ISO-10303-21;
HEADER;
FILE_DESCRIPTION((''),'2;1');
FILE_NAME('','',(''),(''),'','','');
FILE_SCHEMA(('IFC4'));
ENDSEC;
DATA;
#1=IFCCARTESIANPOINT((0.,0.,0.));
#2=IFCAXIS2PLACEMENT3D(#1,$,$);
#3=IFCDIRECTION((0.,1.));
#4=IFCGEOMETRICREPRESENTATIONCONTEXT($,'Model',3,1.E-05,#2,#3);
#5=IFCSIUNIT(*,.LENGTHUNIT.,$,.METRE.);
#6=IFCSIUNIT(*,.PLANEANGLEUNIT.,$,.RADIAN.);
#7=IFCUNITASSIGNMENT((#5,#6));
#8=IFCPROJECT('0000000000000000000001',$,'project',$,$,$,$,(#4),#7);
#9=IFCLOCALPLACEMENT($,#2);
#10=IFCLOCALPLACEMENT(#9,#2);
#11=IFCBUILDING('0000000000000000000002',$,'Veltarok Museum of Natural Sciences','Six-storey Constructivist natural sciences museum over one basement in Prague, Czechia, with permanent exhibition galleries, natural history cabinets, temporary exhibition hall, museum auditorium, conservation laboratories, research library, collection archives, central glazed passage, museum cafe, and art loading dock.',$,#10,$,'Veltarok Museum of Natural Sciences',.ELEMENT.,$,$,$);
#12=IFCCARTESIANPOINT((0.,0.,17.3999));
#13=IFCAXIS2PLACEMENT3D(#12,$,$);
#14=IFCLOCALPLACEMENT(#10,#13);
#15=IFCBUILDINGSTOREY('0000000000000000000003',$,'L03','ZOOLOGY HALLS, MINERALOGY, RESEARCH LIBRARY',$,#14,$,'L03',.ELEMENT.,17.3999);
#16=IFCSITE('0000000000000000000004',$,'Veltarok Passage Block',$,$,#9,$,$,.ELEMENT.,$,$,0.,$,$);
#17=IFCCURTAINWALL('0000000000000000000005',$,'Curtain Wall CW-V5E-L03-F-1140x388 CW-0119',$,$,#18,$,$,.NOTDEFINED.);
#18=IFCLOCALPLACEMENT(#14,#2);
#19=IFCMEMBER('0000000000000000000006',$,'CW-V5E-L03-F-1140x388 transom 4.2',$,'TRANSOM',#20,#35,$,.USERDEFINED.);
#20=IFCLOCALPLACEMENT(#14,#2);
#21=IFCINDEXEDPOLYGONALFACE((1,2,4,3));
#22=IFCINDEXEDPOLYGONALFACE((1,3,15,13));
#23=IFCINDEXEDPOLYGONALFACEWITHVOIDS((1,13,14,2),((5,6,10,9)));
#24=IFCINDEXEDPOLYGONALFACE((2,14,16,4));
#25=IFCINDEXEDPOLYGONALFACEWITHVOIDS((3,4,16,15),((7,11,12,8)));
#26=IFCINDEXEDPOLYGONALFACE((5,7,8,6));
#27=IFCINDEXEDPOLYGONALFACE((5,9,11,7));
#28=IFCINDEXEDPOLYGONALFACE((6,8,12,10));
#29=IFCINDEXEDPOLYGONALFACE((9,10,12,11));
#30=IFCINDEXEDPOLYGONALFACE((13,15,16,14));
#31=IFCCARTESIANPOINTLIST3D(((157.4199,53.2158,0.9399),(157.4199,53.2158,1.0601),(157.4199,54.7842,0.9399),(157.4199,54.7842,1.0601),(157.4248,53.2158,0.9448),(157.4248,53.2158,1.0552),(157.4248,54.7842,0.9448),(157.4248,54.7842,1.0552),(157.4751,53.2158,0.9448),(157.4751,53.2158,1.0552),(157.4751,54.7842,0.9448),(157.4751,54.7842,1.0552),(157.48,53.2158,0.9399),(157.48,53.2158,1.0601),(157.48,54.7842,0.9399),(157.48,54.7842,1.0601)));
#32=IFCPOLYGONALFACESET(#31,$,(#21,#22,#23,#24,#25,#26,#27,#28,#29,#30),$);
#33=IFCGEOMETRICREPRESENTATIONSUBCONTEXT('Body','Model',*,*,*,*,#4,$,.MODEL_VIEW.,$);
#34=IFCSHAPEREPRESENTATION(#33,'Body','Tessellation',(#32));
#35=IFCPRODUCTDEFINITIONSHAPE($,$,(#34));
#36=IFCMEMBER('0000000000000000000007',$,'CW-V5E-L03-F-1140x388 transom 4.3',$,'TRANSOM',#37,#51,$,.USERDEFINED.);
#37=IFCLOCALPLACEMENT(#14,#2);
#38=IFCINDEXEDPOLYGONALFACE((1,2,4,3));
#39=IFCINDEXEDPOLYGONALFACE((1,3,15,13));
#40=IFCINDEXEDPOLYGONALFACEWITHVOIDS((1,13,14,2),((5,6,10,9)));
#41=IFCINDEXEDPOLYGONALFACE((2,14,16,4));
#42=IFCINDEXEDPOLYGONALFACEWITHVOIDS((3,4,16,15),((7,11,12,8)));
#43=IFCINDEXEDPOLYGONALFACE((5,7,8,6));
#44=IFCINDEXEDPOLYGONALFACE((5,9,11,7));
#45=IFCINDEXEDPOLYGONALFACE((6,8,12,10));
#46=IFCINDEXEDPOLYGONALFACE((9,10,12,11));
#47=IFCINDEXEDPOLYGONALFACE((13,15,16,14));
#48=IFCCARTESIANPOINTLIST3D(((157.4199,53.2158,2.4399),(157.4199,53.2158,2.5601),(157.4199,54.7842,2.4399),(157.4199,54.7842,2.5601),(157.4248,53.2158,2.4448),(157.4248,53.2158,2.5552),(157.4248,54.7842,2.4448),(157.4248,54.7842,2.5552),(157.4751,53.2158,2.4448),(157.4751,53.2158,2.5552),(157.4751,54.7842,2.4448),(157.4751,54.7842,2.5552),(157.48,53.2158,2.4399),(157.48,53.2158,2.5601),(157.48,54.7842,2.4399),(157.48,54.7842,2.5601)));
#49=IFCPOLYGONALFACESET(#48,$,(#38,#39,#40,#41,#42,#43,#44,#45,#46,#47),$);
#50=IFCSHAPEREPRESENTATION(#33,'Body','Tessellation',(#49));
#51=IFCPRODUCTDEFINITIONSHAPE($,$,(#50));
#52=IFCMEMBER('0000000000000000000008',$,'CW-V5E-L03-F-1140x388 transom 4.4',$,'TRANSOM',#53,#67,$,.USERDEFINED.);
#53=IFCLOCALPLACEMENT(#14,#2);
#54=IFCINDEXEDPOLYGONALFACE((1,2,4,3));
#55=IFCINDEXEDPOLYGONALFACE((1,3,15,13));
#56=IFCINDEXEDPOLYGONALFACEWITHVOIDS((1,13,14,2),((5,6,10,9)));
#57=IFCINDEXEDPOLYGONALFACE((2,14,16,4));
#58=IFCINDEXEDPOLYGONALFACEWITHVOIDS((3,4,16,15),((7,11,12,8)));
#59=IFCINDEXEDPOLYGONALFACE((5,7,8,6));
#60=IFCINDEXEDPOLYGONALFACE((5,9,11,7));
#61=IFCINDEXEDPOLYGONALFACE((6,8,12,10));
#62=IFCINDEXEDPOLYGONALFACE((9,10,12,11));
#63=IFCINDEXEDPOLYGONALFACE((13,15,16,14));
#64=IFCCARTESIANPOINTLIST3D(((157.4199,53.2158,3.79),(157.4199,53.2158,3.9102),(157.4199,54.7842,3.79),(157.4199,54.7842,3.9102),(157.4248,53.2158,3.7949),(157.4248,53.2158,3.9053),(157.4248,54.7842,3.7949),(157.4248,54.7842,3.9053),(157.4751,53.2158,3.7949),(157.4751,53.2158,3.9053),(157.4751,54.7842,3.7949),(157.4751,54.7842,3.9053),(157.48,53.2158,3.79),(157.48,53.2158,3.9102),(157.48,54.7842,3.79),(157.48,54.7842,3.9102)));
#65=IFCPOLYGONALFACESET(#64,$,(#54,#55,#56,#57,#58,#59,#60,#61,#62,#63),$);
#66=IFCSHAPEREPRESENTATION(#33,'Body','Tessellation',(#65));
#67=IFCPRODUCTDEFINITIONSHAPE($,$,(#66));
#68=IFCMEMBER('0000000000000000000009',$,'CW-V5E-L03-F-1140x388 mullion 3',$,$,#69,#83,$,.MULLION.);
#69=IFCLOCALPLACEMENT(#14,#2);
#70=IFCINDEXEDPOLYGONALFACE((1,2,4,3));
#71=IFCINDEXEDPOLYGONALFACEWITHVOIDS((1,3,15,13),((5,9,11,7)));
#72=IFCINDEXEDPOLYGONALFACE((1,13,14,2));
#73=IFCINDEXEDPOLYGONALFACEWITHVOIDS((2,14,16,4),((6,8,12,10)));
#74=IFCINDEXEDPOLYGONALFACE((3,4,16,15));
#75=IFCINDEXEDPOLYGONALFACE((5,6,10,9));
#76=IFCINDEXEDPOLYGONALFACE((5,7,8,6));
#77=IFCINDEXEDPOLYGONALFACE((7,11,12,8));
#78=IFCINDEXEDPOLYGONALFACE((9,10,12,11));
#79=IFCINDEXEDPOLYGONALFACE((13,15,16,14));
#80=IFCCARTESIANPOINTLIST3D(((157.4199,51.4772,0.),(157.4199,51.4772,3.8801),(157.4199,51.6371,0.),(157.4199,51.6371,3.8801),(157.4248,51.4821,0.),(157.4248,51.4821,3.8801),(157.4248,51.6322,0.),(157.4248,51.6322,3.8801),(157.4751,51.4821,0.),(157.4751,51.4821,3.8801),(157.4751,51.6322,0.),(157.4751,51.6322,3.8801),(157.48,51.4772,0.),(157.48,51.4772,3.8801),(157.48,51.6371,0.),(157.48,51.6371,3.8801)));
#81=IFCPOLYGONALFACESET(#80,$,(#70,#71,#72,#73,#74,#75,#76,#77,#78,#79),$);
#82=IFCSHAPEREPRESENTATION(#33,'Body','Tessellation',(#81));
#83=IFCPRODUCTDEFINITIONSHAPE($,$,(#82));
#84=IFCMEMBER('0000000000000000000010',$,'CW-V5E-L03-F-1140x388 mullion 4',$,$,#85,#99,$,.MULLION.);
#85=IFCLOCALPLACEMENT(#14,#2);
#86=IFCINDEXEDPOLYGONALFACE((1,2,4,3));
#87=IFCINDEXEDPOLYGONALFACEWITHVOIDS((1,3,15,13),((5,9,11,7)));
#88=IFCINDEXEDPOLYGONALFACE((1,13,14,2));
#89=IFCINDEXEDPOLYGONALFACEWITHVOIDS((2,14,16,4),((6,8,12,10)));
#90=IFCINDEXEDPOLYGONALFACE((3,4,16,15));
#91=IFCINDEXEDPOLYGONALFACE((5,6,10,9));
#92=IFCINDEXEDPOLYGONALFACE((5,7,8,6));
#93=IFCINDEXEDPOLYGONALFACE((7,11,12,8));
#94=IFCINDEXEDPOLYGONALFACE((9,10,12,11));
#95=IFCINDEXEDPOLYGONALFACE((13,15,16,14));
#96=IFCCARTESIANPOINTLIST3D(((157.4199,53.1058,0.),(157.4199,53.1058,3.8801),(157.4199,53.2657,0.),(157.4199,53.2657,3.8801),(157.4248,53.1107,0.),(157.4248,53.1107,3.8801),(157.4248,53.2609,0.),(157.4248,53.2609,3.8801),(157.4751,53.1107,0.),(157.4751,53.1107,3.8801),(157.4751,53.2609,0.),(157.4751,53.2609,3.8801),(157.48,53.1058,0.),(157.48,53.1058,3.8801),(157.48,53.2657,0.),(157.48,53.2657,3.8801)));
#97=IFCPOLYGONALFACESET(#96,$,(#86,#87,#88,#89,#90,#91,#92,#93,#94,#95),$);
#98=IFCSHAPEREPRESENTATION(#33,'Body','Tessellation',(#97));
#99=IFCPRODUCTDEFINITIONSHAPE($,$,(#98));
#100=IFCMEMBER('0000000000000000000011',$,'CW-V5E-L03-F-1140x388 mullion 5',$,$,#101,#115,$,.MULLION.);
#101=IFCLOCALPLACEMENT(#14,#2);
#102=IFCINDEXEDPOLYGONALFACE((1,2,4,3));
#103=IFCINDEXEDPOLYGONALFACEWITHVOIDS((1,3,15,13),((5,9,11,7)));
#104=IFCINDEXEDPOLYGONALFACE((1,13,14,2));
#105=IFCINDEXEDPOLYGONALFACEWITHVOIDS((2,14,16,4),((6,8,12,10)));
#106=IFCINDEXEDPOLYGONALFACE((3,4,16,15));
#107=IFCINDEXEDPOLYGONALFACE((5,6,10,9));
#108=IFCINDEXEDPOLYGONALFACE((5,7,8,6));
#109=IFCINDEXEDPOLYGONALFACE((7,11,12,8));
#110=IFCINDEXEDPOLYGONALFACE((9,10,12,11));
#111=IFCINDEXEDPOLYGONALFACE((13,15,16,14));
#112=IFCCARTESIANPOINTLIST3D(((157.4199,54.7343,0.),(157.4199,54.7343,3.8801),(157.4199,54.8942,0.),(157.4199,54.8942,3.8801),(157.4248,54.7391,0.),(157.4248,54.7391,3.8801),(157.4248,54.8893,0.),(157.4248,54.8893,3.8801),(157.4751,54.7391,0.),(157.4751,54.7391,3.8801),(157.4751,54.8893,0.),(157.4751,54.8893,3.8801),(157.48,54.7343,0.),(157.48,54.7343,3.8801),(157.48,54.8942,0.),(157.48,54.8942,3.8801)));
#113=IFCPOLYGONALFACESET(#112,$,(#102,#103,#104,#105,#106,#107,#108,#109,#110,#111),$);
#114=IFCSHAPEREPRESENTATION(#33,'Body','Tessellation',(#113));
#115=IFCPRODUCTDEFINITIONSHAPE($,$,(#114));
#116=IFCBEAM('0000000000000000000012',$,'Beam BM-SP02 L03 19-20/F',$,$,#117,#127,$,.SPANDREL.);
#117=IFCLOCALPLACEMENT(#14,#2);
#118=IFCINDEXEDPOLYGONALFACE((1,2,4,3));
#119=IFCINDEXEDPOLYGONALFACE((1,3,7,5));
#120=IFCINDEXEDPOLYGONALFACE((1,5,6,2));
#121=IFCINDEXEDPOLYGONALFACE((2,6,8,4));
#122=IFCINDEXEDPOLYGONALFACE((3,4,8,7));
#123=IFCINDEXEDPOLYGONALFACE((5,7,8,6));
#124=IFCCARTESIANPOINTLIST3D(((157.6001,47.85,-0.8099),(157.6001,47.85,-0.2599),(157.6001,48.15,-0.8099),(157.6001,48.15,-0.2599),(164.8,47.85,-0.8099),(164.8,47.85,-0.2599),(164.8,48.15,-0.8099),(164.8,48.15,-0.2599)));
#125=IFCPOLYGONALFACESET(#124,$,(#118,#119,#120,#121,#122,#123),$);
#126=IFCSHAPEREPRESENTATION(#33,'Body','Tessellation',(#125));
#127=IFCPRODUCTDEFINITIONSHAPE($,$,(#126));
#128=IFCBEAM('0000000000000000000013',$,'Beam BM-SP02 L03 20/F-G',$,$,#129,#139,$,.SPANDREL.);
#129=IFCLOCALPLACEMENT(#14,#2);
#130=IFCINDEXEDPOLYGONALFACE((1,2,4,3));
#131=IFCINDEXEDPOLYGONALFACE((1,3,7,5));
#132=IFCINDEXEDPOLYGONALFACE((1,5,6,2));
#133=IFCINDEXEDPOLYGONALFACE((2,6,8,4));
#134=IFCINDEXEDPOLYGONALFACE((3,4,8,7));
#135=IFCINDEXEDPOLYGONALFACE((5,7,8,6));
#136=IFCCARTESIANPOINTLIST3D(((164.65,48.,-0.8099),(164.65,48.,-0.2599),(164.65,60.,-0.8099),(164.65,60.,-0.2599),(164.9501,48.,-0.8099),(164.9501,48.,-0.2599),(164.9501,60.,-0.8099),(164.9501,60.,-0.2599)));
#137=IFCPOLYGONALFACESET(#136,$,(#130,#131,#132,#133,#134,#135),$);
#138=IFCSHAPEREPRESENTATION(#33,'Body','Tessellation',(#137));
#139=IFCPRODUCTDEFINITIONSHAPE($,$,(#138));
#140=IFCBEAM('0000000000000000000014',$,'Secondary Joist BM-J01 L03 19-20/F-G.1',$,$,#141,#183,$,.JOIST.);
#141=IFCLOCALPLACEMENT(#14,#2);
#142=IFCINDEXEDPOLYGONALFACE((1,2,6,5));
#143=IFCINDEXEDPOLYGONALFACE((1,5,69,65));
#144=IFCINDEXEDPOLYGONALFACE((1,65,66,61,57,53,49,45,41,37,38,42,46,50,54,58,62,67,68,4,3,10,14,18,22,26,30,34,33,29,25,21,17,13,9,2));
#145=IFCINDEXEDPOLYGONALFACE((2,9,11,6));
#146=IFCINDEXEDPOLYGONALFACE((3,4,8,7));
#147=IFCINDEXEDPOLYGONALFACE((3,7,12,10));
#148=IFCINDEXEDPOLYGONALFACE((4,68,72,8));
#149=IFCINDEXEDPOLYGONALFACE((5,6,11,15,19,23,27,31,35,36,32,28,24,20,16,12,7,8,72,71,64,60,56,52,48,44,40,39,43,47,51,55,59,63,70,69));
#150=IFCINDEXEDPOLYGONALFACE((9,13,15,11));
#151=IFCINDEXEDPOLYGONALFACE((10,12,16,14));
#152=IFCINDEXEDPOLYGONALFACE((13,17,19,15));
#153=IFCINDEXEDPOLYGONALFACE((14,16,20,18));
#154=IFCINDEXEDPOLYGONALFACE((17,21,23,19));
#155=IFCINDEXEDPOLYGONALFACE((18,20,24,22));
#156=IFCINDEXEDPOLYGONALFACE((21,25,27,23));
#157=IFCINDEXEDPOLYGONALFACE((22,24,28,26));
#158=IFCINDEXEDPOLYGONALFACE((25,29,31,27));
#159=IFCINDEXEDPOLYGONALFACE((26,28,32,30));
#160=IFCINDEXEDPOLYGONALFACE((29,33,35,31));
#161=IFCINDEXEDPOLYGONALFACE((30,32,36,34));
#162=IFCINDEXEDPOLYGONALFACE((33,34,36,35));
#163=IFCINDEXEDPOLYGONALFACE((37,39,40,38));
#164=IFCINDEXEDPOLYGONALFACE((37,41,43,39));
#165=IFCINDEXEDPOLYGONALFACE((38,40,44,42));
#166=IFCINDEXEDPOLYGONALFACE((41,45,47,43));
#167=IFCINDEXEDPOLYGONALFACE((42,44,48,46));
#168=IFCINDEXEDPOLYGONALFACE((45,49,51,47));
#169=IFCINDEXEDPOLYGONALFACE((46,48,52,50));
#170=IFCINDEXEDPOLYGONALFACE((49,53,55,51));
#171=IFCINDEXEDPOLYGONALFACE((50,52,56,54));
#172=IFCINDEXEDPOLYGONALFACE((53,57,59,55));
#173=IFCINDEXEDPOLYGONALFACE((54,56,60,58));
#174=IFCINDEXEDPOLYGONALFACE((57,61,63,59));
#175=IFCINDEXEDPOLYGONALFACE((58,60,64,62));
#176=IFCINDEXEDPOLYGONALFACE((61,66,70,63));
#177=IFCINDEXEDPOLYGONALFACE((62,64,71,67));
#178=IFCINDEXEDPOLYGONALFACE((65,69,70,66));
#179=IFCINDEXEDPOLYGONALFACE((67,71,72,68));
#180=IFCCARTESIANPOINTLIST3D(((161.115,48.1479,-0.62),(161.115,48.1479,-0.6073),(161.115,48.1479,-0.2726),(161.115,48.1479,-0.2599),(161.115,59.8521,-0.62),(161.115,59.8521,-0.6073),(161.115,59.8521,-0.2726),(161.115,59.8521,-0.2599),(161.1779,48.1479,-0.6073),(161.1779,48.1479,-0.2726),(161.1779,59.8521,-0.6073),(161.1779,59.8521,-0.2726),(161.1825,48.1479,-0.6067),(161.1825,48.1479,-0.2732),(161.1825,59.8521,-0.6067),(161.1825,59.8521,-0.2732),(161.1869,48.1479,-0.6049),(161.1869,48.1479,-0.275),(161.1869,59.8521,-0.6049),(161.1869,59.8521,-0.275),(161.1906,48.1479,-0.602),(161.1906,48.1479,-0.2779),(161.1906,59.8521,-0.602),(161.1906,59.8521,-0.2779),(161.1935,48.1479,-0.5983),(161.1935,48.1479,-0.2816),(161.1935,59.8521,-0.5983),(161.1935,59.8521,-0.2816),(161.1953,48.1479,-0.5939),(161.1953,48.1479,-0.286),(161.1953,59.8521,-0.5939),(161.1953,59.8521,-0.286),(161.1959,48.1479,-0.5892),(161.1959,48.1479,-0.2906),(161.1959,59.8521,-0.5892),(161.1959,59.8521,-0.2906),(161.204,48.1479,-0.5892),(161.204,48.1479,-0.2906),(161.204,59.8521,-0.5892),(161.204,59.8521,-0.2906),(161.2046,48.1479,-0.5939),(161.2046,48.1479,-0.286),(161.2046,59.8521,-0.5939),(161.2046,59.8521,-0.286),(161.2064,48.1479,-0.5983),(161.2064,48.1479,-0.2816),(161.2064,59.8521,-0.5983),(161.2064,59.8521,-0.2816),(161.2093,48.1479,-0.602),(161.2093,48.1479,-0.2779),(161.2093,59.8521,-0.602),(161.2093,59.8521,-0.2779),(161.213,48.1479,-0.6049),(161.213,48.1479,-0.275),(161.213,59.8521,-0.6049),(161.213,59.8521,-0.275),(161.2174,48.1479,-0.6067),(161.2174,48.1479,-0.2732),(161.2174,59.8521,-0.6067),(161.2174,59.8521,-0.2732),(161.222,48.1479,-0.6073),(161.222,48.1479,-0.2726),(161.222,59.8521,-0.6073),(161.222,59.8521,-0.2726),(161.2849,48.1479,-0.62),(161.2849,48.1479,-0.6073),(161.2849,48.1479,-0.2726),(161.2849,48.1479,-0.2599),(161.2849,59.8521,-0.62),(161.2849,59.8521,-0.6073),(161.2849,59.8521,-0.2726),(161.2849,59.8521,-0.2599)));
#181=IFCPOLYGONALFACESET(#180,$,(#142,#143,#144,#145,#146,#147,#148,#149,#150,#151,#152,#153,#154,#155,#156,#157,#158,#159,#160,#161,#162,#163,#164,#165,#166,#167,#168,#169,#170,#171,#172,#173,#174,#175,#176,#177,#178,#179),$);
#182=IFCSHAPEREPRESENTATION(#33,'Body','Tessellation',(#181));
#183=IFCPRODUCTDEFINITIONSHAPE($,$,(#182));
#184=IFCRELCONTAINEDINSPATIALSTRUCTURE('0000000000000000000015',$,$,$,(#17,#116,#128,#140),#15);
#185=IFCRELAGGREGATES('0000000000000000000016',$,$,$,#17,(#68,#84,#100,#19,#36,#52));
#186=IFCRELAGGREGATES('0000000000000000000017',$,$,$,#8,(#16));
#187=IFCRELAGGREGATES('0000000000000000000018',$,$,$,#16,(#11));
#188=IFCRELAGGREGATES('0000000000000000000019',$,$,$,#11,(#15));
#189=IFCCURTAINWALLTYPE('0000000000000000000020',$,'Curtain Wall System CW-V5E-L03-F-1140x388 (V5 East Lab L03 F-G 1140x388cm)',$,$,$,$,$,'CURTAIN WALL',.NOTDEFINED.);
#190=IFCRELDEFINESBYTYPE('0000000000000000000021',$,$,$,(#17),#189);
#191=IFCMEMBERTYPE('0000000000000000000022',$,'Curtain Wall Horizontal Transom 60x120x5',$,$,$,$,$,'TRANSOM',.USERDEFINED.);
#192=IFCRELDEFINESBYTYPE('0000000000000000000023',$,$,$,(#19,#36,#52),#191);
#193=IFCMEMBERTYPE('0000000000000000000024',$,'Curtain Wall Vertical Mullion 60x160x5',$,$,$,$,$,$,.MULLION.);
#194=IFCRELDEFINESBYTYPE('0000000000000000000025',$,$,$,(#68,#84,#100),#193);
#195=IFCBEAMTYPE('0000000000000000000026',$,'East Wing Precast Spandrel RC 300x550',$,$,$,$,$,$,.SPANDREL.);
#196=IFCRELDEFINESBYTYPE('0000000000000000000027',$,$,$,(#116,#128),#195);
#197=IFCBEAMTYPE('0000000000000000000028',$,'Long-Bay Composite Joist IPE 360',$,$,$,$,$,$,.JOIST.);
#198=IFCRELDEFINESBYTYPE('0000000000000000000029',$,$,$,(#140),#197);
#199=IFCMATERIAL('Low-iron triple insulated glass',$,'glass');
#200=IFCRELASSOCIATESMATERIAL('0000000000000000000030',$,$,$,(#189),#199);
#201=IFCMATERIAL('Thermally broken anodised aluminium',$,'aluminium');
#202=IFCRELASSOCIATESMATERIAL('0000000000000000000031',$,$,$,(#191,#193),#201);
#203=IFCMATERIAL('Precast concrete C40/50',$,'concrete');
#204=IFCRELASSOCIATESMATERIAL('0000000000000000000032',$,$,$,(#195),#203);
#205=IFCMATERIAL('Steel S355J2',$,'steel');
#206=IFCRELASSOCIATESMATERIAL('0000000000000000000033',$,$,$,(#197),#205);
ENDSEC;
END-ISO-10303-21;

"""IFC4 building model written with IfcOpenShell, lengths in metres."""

from ifc_helpers import new_model, si_unit, direction, frame, origin, origin_2d, place, context, subcontext, project, spatial, rectangle, hollow_rectangle, i_section, extrude, material, material_profile, profile_set, type_object, element, aggregate, save


model = new_model("IFC4")

# Units and contexts
model_context = context("Model", 3, precision=1e-05, world=origin(), true_north=direction((0.0, 1.0)))
body_context = subcontext(model_context, "Body", "Model", "MODEL_VIEW")
ifc_project = project(units=[si_unit("LENGTHUNIT", "METRE"), si_unit("PLANEANGLEUNIT", "RADIAN")], contexts=[model_context])

# Site, building, storey
site_placement = place(None, origin())
site = spatial("IfcSite", under=ifc_project, at=site_placement, Name="Veltarok Passage Block", CompositionType="ELEMENT", RefElevation=0.0)
building_placement = place(site_placement, origin())
building = spatial("IfcBuilding", under=site, at=building_placement, Name="Veltarok Museum of Natural Sciences", Description="Six-storey Constructivist natural sciences museum over one basement in Prague, Czechia, with permanent exhibition galleries, natural history cabinets, temporary exhibition hall, museum auditorium, conservation laboratories, research library, collection archives, central glazed passage, museum cafe, and art loading dock.", LongName="Veltarok Museum of Natural Sciences", CompositionType="ELEMENT")
storey_placement = place(building_placement, frame((0.0, 0.0, 17.3999)))
storey = spatial("IfcBuildingStorey", under=building, at=storey_placement, Name="L03", Description="ZOOLOGY HALLS, MINERALOGY, RESEARCH LIBRARY", LongName="L03", CompositionType="ELEMENT", Elevation=17.3999)

# Shared definitions
ifc_material_1 = material(Name="Steel S355J2", Category="steel")

# Curtain wall, members
ifc_material_2 = material(Name="Low-iron triple insulated glass", Category="glass")
curtain_wall_type = type_object("IfcCurtainWallType", Name="Curtain Wall System CW-V5E-L03-F-1140x388 (V5 East Lab L03 F-G 1140x388cm)", ElementType="CURTAIN WALL", PredefinedType="NOTDEFINED", material=ifc_material_2)
curtain_wall_placement = place(storey_placement, origin())
curtain_wall = element("IfcCurtainWall", 1, at=curtain_wall_placement, inside=storey, type_object=curtain_wall_type, Name="Curtain Wall CW-V5E-L03-F-1140x388 CW-0119", PredefinedType="NOTDEFINED")
ifc_material_3 = material(Name="Thermally broken anodised aluminium", Category="aluminium")
ifc_material_profile_1 = material_profile(ifc_material_3, hollow_rectangle(XDim=0.0601, YDim=0.1201, WallThickness=0.0049, at=origin_2d()), Name="CW TRANSOM 60x120x5")
ifc_profile_set_1 = profile_set([ifc_material_profile_1], Name="Thermally broken anodised aluminium")
member_type_1 = type_object("IfcMemberType", Name="Curtain Wall Horizontal Transom 60x120x5", ElementType="TRANSOM", PredefinedType="USERDEFINED", material=ifc_profile_set_1)
member_1_placement = place(storey_placement, frame((157.45, 53.2158, 1.0), z_axis=(0.0, 1.0, 0.0), x_axis=(-1.0, 0.0, 0.0)))
member_1 = element("IfcMember", 2, at=member_1_placement, type_object=member_type_1, Name="CW-V5E-L03-F-1140x388 transom 4.2", ObjectType="TRANSOM", PredefinedType="USERDEFINED", context=body_context, shape_type="SweptSolid", body=[
    extrude(hollow_rectangle(XDim=0.0601, YDim=0.1201, WallThickness=0.0049, at=origin_2d()), origin(), (0.0, 0.0, 1.0), 1.5684),
])
member_2_placement = place(storey_placement, frame((157.45, 53.2158, 2.5), z_axis=(0.0, 1.0, 0.0), x_axis=(-1.0, 0.0, 0.0)))
member_2 = element("IfcMember", 3, at=member_2_placement, type_object=member_type_1, Name="CW-V5E-L03-F-1140x388 transom 4.3", ObjectType="TRANSOM", PredefinedType="USERDEFINED", context=body_context, shape_type="SweptSolid", body=[
    extrude(hollow_rectangle(XDim=0.0601, YDim=0.1201, WallThickness=0.0049, at=origin_2d()), origin(), (0.0, 0.0, 1.0), 1.5684),
])
member_3_placement = place(storey_placement, frame((157.45, 53.2158, 3.8501), z_axis=(0.0, 1.0, 0.0), x_axis=(-1.0, 0.0, 0.0)))
member_3 = element("IfcMember", 4, at=member_3_placement, type_object=member_type_1, Name="CW-V5E-L03-F-1140x388 transom 4.4", ObjectType="TRANSOM", PredefinedType="USERDEFINED", context=body_context, shape_type="SweptSolid", body=[
    extrude(hollow_rectangle(XDim=0.0601, YDim=0.1201, WallThickness=0.0049, at=origin_2d()), origin(), (0.0, 0.0, 1.0), 1.5684),
])
ifc_material_profile_2 = material_profile(ifc_material_3, hollow_rectangle(XDim=0.0601, YDim=0.1599, WallThickness=0.0049, at=origin_2d()), Name="CW MULLION 60x160x5")
ifc_profile_set_2 = profile_set([ifc_material_profile_2], Name="Thermally broken anodised aluminium")
member_type_2 = type_object("IfcMemberType", Name="Curtain Wall Vertical Mullion 60x160x5", PredefinedType="MULLION", material=ifc_profile_set_2)
member_4_placement = place(storey_placement, frame((157.45, 51.5571, 0.0), z_axis=(0.0, 0.0, 1.0), x_axis=(-1.0, 0.0, 0.0)))
member_4 = element("IfcMember", 5, at=member_4_placement, type_object=member_type_2, Name="CW-V5E-L03-F-1140x388 mullion 3", PredefinedType="MULLION", context=body_context, shape_type="SweptSolid", body=[
    extrude(hollow_rectangle(XDim=0.0601, YDim=0.1599, WallThickness=0.0049, at=origin_2d()), origin(), (0.0, 0.0, 1.0), 3.8801),
])
member_5_placement = place(storey_placement, frame((157.45, 53.1858, 0.0), z_axis=(0.0, 0.0, 1.0), x_axis=(-1.0, 0.0, 0.0)))
member_5 = element("IfcMember", 6, at=member_5_placement, type_object=member_type_2, Name="CW-V5E-L03-F-1140x388 mullion 4", PredefinedType="MULLION", context=body_context, shape_type="SweptSolid", body=[
    extrude(hollow_rectangle(XDim=0.0601, YDim=0.1599, WallThickness=0.0049, at=origin_2d()), origin(), (0.0, 0.0, 1.0), 3.8801),
])
member_6_placement = place(storey_placement, frame((157.45, 54.8142, 0.0), z_axis=(0.0, 0.0, 1.0), x_axis=(-1.0, 0.0, 0.0)))
member_6 = element("IfcMember", 7, at=member_6_placement, type_object=member_type_2, Name="CW-V5E-L03-F-1140x388 mullion 5", PredefinedType="MULLION", context=body_context, shape_type="SweptSolid", body=[
    extrude(hollow_rectangle(XDim=0.0601, YDim=0.1599, WallThickness=0.0049, at=origin_2d()), origin(), (0.0, 0.0, 1.0), 3.8801),
])

# Beams
ifc_material_4 = material(Name="Precast concrete C40/50", Category="concrete")
ifc_material_profile_3 = material_profile(ifc_material_4, rectangle(XDim=0.3, YDim=0.55, at=origin_2d()), Name="RC 300x550")
ifc_profile_set_3 = profile_set([ifc_material_profile_3], Name="Precast concrete C40/50")
beam_type_1 = type_object("IfcBeamType", Name="East Wing Precast Spandrel RC 300x550", PredefinedType="SPANDREL", material=ifc_profile_set_3)
beam_1_placement = place(storey_placement, frame((157.6001, 48.0, -0.5349), z_axis=(1.0, 0.0, 0.0), x_axis=(0.0, 1.0, 0.0)))
element("IfcBeam", 8, at=beam_1_placement, inside=storey, type_object=beam_type_1, Name="Beam BM-SP02 L03 19-20/F", PredefinedType="SPANDREL", context=body_context, shape_type="SweptSolid", body=[
    extrude(rectangle(XDim=0.3, YDim=0.55, at=origin_2d()), origin(), (0.0, 0.0, 1.0), 7.2),
])
beam_2_placement = place(storey_placement, frame((164.8, 48.0, -0.5349), z_axis=(0.0, 1.0, 0.0), x_axis=(-1.0, 0.0, 0.0)))
element("IfcBeam", 9, at=beam_2_placement, inside=storey, type_object=beam_type_1, Name="Beam BM-SP02 L03 20/F-G", PredefinedType="SPANDREL", context=body_context, shape_type="SweptSolid", body=[
    extrude(rectangle(XDim=0.3, YDim=0.55, at=origin_2d()), origin(), (0.0, 0.0, 1.0), 12.0),
])
ifc_material_profile_4 = material_profile(ifc_material_1, i_section(OverallWidth=0.1699, OverallDepth=0.3601, WebThickness=0.0081, FlangeThickness=0.0127, FilletRadius=0.0181, at=origin_2d()), Name="IPE 360")
ifc_profile_set_4 = profile_set([ifc_material_profile_4], Name="Steel S355J2")
beam_type_2 = type_object("IfcBeamType", Name="Long-Bay Composite Joist IPE 360", PredefinedType="JOIST", material=ifc_profile_set_4)
beam_3_placement = place(storey_placement, frame((161.2, 48.1479, -0.4399), z_axis=(0.0, 1.0, 0.0), x_axis=(-1.0, 0.0, 0.0)))
element("IfcBeam", 10, at=beam_3_placement, inside=storey, type_object=beam_type_2, Name="Secondary Joist BM-J01 L03 19-20/F-G.1", PredefinedType="JOIST", context=body_context, shape_type="SweptSolid", body=[
    extrude(i_section(OverallWidth=0.1699, OverallDepth=0.3601, WebThickness=0.0081, FlangeThickness=0.0127, FilletRadius=0.0181, at=origin_2d()), origin(), (0.0, 0.0, 1.0), 11.7041),
])

aggregate(curtain_wall, [member_4, member_5, member_6, member_1, member_2, member_3])

save(model, "model.ifc")
